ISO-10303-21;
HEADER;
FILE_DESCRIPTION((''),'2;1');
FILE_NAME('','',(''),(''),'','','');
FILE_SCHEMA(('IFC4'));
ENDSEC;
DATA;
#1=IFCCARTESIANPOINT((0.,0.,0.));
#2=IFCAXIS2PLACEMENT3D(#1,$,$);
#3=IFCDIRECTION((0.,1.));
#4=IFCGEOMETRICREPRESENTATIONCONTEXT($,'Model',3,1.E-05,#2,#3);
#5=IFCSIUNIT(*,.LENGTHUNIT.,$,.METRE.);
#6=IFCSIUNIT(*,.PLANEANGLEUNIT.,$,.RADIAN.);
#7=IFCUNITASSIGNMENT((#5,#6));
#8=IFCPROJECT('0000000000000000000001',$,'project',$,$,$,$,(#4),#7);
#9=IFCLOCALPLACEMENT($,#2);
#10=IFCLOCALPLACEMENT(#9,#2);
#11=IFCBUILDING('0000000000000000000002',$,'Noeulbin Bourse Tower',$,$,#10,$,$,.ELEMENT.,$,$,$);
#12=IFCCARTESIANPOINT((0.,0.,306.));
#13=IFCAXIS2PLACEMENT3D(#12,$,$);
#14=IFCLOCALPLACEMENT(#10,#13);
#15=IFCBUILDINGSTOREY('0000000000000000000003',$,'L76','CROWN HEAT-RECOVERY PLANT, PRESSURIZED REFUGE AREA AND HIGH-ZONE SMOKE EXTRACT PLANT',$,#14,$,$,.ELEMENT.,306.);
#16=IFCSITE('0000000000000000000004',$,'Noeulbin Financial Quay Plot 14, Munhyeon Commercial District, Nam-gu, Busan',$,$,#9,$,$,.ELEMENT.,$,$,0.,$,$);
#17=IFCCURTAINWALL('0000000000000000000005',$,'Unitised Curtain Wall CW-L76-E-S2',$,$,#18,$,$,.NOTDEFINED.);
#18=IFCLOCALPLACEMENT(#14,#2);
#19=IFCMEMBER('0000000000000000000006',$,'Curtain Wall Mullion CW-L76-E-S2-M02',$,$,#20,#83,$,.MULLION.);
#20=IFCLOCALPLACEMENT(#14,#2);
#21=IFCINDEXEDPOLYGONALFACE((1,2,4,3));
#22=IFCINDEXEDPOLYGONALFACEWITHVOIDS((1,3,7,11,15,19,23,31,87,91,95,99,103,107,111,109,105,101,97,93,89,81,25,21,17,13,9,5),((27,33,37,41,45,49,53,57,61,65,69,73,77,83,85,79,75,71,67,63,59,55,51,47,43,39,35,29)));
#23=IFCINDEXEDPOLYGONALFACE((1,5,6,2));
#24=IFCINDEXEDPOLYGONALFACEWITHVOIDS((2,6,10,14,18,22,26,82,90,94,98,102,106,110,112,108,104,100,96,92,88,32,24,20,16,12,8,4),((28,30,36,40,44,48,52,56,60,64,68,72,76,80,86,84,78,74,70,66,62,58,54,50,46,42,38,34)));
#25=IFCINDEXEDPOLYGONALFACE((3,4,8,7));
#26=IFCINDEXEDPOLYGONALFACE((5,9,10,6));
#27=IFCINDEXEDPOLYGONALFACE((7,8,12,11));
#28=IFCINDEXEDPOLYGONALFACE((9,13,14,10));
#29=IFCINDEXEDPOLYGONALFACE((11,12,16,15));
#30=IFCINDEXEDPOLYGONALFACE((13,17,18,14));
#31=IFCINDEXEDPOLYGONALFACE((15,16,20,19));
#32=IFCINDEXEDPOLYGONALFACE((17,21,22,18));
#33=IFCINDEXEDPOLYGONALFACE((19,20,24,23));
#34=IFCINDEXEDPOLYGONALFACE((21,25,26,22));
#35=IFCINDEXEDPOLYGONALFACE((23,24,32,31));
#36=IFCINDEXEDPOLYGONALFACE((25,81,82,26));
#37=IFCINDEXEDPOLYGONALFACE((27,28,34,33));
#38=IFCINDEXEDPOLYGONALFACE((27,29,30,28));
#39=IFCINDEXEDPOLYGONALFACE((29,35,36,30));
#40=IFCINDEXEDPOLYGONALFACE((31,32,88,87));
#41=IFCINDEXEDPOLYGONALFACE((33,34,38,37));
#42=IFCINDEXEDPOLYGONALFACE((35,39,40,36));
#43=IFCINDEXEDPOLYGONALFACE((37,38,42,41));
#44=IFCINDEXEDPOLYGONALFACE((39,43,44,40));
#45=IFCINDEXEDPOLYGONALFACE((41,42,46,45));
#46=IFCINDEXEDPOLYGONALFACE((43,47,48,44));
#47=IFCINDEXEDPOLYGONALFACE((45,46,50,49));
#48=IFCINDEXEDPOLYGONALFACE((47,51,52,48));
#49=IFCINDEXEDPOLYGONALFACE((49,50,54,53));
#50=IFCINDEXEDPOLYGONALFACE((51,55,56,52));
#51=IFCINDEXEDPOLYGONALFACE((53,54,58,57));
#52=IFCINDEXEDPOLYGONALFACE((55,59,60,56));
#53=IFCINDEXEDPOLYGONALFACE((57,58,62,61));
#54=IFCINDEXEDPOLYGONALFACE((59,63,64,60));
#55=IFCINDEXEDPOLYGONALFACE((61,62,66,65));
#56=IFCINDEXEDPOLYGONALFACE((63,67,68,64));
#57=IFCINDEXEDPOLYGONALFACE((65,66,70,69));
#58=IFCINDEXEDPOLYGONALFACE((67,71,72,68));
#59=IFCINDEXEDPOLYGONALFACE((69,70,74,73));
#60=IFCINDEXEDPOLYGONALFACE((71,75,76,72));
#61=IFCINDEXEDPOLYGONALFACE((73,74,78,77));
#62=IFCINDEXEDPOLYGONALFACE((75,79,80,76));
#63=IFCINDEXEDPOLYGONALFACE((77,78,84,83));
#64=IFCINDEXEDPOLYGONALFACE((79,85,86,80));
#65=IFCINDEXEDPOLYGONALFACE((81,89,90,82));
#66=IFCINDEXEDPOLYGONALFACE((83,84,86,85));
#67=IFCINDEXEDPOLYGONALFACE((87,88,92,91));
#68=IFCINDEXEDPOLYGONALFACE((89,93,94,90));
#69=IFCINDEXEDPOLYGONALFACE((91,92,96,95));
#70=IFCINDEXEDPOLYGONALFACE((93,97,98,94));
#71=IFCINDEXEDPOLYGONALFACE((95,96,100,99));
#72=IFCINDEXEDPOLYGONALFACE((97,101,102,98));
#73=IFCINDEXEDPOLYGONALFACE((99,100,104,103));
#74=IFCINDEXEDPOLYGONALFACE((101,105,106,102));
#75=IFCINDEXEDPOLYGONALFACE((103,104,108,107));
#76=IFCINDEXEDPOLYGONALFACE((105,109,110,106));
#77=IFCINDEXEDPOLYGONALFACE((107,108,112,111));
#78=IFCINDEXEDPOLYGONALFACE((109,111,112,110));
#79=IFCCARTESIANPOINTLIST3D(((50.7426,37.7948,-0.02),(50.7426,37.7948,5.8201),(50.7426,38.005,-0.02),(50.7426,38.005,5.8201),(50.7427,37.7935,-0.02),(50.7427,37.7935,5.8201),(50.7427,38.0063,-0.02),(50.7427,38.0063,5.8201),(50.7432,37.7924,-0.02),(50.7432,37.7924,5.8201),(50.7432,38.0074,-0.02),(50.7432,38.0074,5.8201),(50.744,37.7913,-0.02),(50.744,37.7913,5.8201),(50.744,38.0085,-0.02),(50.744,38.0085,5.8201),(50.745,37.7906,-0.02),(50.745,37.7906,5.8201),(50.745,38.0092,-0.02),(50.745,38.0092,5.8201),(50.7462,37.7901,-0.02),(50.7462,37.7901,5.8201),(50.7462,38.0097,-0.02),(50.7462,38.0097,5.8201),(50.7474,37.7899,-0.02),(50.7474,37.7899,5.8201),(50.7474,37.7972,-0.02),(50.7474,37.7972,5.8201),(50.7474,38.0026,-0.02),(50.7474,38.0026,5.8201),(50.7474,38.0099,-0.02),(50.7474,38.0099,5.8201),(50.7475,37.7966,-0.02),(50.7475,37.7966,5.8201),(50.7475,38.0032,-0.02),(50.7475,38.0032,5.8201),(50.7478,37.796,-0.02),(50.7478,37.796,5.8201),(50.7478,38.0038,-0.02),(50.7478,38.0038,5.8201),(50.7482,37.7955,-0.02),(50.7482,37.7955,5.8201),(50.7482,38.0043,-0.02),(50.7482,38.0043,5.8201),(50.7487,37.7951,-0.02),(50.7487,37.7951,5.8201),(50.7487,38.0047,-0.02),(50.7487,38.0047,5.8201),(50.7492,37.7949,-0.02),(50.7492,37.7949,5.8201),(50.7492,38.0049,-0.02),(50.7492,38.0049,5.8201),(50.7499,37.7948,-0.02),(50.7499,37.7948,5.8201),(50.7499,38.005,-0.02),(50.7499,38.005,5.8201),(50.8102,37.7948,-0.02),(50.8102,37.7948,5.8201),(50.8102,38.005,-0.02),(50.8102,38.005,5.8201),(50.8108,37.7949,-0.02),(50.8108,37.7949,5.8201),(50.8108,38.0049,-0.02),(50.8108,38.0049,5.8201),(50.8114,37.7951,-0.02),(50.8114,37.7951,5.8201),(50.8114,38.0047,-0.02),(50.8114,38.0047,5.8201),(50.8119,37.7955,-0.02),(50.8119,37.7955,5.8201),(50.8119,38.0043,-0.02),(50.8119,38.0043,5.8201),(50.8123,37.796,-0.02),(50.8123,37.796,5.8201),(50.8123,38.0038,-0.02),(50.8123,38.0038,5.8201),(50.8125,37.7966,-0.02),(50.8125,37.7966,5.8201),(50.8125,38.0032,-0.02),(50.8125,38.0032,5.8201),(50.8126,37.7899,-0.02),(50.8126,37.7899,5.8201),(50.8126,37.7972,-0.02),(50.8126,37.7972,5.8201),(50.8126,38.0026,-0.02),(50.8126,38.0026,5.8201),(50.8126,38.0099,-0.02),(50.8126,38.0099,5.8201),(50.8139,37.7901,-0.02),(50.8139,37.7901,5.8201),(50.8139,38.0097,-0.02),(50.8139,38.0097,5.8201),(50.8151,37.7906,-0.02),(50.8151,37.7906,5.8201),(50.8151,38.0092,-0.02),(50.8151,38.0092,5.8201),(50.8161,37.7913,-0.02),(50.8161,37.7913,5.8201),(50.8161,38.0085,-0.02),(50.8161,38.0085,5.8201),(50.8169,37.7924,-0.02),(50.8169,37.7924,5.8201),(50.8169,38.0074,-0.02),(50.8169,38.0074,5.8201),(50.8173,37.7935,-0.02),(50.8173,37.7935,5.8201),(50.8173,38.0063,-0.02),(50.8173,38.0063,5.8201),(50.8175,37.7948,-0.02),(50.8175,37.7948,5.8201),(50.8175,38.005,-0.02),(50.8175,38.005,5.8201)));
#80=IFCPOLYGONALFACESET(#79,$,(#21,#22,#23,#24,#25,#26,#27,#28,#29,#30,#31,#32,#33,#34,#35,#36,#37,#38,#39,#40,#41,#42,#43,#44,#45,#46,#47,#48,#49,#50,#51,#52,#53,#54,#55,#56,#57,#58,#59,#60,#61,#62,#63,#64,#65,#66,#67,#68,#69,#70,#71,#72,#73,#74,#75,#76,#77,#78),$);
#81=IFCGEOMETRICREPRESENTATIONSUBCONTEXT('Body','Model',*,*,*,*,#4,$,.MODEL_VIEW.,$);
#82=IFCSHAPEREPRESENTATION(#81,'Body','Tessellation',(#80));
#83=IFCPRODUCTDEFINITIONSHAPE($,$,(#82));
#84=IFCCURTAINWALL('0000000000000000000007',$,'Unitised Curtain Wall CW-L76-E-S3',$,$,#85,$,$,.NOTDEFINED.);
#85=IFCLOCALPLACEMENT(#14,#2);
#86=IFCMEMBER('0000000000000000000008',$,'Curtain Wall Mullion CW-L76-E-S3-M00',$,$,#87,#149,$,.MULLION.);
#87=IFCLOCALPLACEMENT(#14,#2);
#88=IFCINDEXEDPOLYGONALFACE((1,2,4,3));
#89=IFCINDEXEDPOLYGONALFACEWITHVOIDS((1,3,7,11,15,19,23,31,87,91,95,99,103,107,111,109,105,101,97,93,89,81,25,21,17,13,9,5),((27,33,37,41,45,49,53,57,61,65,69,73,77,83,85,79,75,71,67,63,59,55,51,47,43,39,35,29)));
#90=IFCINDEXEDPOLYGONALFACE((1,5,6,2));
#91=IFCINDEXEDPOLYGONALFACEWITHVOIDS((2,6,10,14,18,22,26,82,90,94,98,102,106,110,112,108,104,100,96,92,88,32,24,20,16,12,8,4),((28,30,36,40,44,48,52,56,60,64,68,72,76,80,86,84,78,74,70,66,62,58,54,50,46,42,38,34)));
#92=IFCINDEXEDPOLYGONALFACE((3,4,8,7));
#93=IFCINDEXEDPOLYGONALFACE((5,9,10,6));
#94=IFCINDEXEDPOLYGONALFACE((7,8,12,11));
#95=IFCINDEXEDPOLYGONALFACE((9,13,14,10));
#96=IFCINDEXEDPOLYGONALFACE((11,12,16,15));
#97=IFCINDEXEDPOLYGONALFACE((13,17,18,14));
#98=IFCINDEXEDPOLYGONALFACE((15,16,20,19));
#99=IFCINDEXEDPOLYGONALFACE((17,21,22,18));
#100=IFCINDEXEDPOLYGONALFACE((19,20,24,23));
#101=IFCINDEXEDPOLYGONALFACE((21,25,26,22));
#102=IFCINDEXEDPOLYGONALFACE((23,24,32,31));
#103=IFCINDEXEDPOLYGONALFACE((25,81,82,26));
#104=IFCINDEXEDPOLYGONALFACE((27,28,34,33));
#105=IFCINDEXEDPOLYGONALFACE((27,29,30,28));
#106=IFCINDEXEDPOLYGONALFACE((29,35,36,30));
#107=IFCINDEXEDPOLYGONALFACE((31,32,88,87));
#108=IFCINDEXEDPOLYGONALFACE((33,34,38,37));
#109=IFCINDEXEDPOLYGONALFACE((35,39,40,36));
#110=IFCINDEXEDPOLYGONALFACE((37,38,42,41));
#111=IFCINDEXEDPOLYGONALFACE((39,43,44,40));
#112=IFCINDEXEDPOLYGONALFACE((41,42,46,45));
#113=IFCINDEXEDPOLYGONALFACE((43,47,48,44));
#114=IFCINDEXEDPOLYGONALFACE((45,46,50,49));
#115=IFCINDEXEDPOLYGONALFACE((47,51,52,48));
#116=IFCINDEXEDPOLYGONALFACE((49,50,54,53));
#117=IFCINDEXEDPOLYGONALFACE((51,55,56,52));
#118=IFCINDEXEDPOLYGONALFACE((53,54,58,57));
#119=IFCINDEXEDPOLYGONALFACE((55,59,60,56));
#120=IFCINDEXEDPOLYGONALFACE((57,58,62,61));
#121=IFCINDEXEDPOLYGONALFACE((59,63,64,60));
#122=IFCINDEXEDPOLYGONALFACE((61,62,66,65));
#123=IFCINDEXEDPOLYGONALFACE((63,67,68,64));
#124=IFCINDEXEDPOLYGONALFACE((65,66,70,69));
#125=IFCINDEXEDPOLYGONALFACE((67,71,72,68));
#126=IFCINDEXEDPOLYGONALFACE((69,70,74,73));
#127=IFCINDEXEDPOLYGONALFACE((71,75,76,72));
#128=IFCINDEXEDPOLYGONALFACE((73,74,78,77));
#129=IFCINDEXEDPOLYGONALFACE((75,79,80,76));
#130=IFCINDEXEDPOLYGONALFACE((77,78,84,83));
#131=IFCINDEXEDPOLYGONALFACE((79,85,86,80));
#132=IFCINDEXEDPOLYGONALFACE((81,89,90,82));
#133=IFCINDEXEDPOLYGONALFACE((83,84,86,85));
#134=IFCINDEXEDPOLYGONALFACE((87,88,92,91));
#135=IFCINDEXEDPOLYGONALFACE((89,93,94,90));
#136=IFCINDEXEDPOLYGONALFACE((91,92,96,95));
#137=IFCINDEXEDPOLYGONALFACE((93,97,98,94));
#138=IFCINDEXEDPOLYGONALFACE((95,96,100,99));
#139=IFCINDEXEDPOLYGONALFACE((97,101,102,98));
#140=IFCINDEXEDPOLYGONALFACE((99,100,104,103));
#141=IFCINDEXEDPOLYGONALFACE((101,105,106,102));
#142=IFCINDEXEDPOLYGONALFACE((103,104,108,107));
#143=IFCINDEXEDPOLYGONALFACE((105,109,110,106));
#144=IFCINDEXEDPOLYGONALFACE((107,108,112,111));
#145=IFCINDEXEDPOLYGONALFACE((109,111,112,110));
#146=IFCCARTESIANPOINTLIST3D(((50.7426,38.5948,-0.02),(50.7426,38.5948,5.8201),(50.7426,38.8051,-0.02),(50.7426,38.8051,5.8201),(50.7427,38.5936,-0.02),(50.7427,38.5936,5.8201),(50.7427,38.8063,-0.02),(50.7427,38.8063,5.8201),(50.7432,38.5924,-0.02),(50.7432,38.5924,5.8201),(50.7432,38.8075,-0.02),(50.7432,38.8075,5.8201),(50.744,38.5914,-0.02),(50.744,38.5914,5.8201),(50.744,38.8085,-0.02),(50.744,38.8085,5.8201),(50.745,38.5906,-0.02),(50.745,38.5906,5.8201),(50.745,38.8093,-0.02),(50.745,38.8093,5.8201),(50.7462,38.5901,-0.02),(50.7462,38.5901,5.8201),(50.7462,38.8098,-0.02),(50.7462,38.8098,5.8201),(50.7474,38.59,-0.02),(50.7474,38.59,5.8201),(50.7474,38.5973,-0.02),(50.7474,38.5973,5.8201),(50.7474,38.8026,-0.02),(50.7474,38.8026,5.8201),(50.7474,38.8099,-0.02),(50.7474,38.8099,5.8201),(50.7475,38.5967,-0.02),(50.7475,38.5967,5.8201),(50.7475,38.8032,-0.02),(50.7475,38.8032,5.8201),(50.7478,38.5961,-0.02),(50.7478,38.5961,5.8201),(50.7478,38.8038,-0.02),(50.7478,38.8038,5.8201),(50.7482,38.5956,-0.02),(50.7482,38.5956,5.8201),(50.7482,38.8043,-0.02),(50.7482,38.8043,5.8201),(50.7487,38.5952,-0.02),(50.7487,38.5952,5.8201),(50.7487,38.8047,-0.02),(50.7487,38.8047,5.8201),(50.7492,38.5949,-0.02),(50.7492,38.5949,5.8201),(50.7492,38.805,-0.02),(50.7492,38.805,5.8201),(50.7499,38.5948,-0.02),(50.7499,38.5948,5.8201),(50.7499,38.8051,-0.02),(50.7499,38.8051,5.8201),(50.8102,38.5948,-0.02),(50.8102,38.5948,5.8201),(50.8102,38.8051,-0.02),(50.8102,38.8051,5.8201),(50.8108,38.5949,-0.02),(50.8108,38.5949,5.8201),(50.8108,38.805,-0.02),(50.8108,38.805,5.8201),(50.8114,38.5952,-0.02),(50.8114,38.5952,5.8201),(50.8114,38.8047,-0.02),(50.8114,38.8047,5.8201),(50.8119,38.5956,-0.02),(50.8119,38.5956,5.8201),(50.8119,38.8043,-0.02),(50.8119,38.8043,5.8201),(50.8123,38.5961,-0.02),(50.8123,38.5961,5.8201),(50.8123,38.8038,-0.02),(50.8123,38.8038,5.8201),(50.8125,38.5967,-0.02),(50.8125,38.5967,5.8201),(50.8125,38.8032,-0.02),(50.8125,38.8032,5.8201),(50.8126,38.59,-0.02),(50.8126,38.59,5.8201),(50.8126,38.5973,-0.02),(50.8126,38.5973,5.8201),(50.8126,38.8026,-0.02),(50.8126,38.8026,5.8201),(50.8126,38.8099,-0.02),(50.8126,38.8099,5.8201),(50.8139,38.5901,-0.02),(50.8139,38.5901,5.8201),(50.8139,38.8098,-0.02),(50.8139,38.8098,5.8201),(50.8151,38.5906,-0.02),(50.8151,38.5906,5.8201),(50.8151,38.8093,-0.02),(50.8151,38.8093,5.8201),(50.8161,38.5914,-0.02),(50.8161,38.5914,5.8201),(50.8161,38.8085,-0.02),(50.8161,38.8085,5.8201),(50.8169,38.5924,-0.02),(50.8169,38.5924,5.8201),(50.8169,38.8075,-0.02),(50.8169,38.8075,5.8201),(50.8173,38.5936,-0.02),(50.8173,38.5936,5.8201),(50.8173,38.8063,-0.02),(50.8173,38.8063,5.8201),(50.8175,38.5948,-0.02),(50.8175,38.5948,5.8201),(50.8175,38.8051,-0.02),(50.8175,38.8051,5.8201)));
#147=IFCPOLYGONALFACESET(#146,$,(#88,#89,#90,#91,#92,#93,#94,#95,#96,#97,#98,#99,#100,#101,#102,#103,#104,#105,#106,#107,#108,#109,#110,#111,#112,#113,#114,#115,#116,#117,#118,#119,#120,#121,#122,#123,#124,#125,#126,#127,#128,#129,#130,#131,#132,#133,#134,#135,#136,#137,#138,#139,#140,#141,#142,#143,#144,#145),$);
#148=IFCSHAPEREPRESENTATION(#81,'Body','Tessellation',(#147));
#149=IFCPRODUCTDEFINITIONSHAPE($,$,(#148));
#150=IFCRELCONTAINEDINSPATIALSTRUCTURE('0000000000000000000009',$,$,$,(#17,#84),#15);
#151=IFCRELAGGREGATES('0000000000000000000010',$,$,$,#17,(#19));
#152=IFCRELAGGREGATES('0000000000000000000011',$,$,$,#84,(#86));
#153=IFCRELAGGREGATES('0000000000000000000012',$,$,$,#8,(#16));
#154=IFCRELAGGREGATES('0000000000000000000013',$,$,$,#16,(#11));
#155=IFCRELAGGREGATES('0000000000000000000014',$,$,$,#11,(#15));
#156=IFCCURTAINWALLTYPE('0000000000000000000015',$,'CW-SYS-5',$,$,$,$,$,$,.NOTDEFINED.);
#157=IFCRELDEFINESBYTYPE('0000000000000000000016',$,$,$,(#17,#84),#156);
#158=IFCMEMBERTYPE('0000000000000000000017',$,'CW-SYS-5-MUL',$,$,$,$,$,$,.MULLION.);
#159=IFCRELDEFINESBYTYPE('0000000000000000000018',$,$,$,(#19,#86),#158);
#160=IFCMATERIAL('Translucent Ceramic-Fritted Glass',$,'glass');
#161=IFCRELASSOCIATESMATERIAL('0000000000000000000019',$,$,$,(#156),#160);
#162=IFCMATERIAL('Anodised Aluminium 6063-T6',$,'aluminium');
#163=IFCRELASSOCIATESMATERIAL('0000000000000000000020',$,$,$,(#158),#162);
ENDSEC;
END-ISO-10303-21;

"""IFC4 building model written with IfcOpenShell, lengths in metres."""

from ifc_helpers import new_model, si_unit, direction, frame, origin, origin_2d, place, context, subcontext, project, spatial, hollow_rectangle, extrude, material, material_profile, profile_set, type_object, element, aggregate, save


model = new_model("IFC4")

# Units and contexts
model_context = context("Model", 3, precision=1e-05, world=origin(), true_north=direction((0.0, 1.0)))
body_context = subcontext(model_context, "Body", "Model", "MODEL_VIEW")
ifc_project = project(units=[si_unit("LENGTHUNIT", "METRE"), si_unit("PLANEANGLEUNIT", "RADIAN")], contexts=[model_context])

# Site, building, storey
site_placement = place(None, origin())
site = spatial("IfcSite", under=ifc_project, at=site_placement, Name="Noeulbin Financial Quay Plot 14, Munhyeon Commercial District, Nam-gu, Busan", CompositionType="ELEMENT", RefElevation=0.0)
building_placement = place(site_placement, origin())
building = spatial("IfcBuilding", under=site, at=building_placement, Name="Noeulbin Bourse Tower", CompositionType="ELEMENT")
storey_placement = place(building_placement, frame((0.0, 0.0, 306.0)))
storey = spatial("IfcBuildingStorey", under=building, at=storey_placement, Name="L76", Description="CROWN HEAT-RECOVERY PLANT, PRESSURIZED REFUGE AREA AND HIGH-ZONE SMOKE EXTRACT PLANT", CompositionType="ELEMENT", Elevation=306.0)

# Shared definitions
ifc_material_1 = material(Name="Translucent Ceramic-Fritted Glass", Category="glass")
curtain_wall_type = type_object("IfcCurtainWallType", Name="CW-SYS-5", PredefinedType="NOTDEFINED", material=ifc_material_1)
ifc_material_2 = material(Name="Anodised Aluminium 6063-T6", Category="aluminium")
ifc_material_profile_1 = material_profile(ifc_material_2, hollow_rectangle(XDim=0.075, YDim=0.22, WallThickness=0.0049, InnerFilletRadius=0.0024, OuterFilletRadius=0.0049, at=origin_2d()), Name="ALU-MULL-75x220x5", Category="LoadBearing")
ifc_profile_set_1 = profile_set([ifc_material_profile_1], Name="Anodised Aluminium 6063-T6")
member_type_1 = type_object("IfcMemberType", Name="CW-SYS-5-MUL", PredefinedType="MULLION", material=ifc_profile_set_1)

# Curtain walls, members
curtain_wall_1_placement = place(storey_placement, origin())
curtain_wall_1 = element("IfcCurtainWall", 1, at=curtain_wall_1_placement, inside=storey, type_object=curtain_wall_type, Name="Unitised Curtain Wall CW-L76-E-S2", PredefinedType="NOTDEFINED")
member_1_placement = place(storey_placement, frame((50.78, 37.8999, -0.02), z_axis=(0.0, 0.0, 1.0), x_axis=(1.0, 0.0, 0.0)))
member_1 = element("IfcMember", 2, at=member_1_placement, type_object=member_type_1, Name="Curtain Wall Mullion CW-L76-E-S2-M02", PredefinedType="MULLION", context=body_context, shape_type="SweptSolid", body=[
    extrude(hollow_rectangle(XDim=0.075, YDim=0.22, WallThickness=0.0049, InnerFilletRadius=0.0024, OuterFilletRadius=0.0049, at=origin_2d()), origin(), (0.0, 0.0, 1.0), 5.8401),
])
curtain_wall_2_placement = place(storey_placement, origin())
curtain_wall_2 = element("IfcCurtainWall", 3, at=curtain_wall_2_placement, inside=storey, type_object=curtain_wall_type, Name="Unitised Curtain Wall CW-L76-E-S3", PredefinedType="NOTDEFINED")
member_2_placement = place(storey_placement, frame((50.78, 38.7, -0.02), z_axis=(0.0, 0.0, 1.0), x_axis=(1.0, 0.0, 0.0)))
member_2 = element("IfcMember", 4, at=member_2_placement, type_object=member_type_1, Name="Curtain Wall Mullion CW-L76-E-S3-M00", PredefinedType="MULLION", context=body_context, shape_type="SweptSolid", body=[
    extrude(hollow_rectangle(XDim=0.075, YDim=0.22, WallThickness=0.0049, InnerFilletRadius=0.0024, OuterFilletRadius=0.0049, at=origin_2d()), origin(), (0.0, 0.0, 1.0), 5.8401),
])

aggregate(curtain_wall_1, [member_1])
aggregate(curtain_wall_2, [member_2])

save(model, "model.ifc")
